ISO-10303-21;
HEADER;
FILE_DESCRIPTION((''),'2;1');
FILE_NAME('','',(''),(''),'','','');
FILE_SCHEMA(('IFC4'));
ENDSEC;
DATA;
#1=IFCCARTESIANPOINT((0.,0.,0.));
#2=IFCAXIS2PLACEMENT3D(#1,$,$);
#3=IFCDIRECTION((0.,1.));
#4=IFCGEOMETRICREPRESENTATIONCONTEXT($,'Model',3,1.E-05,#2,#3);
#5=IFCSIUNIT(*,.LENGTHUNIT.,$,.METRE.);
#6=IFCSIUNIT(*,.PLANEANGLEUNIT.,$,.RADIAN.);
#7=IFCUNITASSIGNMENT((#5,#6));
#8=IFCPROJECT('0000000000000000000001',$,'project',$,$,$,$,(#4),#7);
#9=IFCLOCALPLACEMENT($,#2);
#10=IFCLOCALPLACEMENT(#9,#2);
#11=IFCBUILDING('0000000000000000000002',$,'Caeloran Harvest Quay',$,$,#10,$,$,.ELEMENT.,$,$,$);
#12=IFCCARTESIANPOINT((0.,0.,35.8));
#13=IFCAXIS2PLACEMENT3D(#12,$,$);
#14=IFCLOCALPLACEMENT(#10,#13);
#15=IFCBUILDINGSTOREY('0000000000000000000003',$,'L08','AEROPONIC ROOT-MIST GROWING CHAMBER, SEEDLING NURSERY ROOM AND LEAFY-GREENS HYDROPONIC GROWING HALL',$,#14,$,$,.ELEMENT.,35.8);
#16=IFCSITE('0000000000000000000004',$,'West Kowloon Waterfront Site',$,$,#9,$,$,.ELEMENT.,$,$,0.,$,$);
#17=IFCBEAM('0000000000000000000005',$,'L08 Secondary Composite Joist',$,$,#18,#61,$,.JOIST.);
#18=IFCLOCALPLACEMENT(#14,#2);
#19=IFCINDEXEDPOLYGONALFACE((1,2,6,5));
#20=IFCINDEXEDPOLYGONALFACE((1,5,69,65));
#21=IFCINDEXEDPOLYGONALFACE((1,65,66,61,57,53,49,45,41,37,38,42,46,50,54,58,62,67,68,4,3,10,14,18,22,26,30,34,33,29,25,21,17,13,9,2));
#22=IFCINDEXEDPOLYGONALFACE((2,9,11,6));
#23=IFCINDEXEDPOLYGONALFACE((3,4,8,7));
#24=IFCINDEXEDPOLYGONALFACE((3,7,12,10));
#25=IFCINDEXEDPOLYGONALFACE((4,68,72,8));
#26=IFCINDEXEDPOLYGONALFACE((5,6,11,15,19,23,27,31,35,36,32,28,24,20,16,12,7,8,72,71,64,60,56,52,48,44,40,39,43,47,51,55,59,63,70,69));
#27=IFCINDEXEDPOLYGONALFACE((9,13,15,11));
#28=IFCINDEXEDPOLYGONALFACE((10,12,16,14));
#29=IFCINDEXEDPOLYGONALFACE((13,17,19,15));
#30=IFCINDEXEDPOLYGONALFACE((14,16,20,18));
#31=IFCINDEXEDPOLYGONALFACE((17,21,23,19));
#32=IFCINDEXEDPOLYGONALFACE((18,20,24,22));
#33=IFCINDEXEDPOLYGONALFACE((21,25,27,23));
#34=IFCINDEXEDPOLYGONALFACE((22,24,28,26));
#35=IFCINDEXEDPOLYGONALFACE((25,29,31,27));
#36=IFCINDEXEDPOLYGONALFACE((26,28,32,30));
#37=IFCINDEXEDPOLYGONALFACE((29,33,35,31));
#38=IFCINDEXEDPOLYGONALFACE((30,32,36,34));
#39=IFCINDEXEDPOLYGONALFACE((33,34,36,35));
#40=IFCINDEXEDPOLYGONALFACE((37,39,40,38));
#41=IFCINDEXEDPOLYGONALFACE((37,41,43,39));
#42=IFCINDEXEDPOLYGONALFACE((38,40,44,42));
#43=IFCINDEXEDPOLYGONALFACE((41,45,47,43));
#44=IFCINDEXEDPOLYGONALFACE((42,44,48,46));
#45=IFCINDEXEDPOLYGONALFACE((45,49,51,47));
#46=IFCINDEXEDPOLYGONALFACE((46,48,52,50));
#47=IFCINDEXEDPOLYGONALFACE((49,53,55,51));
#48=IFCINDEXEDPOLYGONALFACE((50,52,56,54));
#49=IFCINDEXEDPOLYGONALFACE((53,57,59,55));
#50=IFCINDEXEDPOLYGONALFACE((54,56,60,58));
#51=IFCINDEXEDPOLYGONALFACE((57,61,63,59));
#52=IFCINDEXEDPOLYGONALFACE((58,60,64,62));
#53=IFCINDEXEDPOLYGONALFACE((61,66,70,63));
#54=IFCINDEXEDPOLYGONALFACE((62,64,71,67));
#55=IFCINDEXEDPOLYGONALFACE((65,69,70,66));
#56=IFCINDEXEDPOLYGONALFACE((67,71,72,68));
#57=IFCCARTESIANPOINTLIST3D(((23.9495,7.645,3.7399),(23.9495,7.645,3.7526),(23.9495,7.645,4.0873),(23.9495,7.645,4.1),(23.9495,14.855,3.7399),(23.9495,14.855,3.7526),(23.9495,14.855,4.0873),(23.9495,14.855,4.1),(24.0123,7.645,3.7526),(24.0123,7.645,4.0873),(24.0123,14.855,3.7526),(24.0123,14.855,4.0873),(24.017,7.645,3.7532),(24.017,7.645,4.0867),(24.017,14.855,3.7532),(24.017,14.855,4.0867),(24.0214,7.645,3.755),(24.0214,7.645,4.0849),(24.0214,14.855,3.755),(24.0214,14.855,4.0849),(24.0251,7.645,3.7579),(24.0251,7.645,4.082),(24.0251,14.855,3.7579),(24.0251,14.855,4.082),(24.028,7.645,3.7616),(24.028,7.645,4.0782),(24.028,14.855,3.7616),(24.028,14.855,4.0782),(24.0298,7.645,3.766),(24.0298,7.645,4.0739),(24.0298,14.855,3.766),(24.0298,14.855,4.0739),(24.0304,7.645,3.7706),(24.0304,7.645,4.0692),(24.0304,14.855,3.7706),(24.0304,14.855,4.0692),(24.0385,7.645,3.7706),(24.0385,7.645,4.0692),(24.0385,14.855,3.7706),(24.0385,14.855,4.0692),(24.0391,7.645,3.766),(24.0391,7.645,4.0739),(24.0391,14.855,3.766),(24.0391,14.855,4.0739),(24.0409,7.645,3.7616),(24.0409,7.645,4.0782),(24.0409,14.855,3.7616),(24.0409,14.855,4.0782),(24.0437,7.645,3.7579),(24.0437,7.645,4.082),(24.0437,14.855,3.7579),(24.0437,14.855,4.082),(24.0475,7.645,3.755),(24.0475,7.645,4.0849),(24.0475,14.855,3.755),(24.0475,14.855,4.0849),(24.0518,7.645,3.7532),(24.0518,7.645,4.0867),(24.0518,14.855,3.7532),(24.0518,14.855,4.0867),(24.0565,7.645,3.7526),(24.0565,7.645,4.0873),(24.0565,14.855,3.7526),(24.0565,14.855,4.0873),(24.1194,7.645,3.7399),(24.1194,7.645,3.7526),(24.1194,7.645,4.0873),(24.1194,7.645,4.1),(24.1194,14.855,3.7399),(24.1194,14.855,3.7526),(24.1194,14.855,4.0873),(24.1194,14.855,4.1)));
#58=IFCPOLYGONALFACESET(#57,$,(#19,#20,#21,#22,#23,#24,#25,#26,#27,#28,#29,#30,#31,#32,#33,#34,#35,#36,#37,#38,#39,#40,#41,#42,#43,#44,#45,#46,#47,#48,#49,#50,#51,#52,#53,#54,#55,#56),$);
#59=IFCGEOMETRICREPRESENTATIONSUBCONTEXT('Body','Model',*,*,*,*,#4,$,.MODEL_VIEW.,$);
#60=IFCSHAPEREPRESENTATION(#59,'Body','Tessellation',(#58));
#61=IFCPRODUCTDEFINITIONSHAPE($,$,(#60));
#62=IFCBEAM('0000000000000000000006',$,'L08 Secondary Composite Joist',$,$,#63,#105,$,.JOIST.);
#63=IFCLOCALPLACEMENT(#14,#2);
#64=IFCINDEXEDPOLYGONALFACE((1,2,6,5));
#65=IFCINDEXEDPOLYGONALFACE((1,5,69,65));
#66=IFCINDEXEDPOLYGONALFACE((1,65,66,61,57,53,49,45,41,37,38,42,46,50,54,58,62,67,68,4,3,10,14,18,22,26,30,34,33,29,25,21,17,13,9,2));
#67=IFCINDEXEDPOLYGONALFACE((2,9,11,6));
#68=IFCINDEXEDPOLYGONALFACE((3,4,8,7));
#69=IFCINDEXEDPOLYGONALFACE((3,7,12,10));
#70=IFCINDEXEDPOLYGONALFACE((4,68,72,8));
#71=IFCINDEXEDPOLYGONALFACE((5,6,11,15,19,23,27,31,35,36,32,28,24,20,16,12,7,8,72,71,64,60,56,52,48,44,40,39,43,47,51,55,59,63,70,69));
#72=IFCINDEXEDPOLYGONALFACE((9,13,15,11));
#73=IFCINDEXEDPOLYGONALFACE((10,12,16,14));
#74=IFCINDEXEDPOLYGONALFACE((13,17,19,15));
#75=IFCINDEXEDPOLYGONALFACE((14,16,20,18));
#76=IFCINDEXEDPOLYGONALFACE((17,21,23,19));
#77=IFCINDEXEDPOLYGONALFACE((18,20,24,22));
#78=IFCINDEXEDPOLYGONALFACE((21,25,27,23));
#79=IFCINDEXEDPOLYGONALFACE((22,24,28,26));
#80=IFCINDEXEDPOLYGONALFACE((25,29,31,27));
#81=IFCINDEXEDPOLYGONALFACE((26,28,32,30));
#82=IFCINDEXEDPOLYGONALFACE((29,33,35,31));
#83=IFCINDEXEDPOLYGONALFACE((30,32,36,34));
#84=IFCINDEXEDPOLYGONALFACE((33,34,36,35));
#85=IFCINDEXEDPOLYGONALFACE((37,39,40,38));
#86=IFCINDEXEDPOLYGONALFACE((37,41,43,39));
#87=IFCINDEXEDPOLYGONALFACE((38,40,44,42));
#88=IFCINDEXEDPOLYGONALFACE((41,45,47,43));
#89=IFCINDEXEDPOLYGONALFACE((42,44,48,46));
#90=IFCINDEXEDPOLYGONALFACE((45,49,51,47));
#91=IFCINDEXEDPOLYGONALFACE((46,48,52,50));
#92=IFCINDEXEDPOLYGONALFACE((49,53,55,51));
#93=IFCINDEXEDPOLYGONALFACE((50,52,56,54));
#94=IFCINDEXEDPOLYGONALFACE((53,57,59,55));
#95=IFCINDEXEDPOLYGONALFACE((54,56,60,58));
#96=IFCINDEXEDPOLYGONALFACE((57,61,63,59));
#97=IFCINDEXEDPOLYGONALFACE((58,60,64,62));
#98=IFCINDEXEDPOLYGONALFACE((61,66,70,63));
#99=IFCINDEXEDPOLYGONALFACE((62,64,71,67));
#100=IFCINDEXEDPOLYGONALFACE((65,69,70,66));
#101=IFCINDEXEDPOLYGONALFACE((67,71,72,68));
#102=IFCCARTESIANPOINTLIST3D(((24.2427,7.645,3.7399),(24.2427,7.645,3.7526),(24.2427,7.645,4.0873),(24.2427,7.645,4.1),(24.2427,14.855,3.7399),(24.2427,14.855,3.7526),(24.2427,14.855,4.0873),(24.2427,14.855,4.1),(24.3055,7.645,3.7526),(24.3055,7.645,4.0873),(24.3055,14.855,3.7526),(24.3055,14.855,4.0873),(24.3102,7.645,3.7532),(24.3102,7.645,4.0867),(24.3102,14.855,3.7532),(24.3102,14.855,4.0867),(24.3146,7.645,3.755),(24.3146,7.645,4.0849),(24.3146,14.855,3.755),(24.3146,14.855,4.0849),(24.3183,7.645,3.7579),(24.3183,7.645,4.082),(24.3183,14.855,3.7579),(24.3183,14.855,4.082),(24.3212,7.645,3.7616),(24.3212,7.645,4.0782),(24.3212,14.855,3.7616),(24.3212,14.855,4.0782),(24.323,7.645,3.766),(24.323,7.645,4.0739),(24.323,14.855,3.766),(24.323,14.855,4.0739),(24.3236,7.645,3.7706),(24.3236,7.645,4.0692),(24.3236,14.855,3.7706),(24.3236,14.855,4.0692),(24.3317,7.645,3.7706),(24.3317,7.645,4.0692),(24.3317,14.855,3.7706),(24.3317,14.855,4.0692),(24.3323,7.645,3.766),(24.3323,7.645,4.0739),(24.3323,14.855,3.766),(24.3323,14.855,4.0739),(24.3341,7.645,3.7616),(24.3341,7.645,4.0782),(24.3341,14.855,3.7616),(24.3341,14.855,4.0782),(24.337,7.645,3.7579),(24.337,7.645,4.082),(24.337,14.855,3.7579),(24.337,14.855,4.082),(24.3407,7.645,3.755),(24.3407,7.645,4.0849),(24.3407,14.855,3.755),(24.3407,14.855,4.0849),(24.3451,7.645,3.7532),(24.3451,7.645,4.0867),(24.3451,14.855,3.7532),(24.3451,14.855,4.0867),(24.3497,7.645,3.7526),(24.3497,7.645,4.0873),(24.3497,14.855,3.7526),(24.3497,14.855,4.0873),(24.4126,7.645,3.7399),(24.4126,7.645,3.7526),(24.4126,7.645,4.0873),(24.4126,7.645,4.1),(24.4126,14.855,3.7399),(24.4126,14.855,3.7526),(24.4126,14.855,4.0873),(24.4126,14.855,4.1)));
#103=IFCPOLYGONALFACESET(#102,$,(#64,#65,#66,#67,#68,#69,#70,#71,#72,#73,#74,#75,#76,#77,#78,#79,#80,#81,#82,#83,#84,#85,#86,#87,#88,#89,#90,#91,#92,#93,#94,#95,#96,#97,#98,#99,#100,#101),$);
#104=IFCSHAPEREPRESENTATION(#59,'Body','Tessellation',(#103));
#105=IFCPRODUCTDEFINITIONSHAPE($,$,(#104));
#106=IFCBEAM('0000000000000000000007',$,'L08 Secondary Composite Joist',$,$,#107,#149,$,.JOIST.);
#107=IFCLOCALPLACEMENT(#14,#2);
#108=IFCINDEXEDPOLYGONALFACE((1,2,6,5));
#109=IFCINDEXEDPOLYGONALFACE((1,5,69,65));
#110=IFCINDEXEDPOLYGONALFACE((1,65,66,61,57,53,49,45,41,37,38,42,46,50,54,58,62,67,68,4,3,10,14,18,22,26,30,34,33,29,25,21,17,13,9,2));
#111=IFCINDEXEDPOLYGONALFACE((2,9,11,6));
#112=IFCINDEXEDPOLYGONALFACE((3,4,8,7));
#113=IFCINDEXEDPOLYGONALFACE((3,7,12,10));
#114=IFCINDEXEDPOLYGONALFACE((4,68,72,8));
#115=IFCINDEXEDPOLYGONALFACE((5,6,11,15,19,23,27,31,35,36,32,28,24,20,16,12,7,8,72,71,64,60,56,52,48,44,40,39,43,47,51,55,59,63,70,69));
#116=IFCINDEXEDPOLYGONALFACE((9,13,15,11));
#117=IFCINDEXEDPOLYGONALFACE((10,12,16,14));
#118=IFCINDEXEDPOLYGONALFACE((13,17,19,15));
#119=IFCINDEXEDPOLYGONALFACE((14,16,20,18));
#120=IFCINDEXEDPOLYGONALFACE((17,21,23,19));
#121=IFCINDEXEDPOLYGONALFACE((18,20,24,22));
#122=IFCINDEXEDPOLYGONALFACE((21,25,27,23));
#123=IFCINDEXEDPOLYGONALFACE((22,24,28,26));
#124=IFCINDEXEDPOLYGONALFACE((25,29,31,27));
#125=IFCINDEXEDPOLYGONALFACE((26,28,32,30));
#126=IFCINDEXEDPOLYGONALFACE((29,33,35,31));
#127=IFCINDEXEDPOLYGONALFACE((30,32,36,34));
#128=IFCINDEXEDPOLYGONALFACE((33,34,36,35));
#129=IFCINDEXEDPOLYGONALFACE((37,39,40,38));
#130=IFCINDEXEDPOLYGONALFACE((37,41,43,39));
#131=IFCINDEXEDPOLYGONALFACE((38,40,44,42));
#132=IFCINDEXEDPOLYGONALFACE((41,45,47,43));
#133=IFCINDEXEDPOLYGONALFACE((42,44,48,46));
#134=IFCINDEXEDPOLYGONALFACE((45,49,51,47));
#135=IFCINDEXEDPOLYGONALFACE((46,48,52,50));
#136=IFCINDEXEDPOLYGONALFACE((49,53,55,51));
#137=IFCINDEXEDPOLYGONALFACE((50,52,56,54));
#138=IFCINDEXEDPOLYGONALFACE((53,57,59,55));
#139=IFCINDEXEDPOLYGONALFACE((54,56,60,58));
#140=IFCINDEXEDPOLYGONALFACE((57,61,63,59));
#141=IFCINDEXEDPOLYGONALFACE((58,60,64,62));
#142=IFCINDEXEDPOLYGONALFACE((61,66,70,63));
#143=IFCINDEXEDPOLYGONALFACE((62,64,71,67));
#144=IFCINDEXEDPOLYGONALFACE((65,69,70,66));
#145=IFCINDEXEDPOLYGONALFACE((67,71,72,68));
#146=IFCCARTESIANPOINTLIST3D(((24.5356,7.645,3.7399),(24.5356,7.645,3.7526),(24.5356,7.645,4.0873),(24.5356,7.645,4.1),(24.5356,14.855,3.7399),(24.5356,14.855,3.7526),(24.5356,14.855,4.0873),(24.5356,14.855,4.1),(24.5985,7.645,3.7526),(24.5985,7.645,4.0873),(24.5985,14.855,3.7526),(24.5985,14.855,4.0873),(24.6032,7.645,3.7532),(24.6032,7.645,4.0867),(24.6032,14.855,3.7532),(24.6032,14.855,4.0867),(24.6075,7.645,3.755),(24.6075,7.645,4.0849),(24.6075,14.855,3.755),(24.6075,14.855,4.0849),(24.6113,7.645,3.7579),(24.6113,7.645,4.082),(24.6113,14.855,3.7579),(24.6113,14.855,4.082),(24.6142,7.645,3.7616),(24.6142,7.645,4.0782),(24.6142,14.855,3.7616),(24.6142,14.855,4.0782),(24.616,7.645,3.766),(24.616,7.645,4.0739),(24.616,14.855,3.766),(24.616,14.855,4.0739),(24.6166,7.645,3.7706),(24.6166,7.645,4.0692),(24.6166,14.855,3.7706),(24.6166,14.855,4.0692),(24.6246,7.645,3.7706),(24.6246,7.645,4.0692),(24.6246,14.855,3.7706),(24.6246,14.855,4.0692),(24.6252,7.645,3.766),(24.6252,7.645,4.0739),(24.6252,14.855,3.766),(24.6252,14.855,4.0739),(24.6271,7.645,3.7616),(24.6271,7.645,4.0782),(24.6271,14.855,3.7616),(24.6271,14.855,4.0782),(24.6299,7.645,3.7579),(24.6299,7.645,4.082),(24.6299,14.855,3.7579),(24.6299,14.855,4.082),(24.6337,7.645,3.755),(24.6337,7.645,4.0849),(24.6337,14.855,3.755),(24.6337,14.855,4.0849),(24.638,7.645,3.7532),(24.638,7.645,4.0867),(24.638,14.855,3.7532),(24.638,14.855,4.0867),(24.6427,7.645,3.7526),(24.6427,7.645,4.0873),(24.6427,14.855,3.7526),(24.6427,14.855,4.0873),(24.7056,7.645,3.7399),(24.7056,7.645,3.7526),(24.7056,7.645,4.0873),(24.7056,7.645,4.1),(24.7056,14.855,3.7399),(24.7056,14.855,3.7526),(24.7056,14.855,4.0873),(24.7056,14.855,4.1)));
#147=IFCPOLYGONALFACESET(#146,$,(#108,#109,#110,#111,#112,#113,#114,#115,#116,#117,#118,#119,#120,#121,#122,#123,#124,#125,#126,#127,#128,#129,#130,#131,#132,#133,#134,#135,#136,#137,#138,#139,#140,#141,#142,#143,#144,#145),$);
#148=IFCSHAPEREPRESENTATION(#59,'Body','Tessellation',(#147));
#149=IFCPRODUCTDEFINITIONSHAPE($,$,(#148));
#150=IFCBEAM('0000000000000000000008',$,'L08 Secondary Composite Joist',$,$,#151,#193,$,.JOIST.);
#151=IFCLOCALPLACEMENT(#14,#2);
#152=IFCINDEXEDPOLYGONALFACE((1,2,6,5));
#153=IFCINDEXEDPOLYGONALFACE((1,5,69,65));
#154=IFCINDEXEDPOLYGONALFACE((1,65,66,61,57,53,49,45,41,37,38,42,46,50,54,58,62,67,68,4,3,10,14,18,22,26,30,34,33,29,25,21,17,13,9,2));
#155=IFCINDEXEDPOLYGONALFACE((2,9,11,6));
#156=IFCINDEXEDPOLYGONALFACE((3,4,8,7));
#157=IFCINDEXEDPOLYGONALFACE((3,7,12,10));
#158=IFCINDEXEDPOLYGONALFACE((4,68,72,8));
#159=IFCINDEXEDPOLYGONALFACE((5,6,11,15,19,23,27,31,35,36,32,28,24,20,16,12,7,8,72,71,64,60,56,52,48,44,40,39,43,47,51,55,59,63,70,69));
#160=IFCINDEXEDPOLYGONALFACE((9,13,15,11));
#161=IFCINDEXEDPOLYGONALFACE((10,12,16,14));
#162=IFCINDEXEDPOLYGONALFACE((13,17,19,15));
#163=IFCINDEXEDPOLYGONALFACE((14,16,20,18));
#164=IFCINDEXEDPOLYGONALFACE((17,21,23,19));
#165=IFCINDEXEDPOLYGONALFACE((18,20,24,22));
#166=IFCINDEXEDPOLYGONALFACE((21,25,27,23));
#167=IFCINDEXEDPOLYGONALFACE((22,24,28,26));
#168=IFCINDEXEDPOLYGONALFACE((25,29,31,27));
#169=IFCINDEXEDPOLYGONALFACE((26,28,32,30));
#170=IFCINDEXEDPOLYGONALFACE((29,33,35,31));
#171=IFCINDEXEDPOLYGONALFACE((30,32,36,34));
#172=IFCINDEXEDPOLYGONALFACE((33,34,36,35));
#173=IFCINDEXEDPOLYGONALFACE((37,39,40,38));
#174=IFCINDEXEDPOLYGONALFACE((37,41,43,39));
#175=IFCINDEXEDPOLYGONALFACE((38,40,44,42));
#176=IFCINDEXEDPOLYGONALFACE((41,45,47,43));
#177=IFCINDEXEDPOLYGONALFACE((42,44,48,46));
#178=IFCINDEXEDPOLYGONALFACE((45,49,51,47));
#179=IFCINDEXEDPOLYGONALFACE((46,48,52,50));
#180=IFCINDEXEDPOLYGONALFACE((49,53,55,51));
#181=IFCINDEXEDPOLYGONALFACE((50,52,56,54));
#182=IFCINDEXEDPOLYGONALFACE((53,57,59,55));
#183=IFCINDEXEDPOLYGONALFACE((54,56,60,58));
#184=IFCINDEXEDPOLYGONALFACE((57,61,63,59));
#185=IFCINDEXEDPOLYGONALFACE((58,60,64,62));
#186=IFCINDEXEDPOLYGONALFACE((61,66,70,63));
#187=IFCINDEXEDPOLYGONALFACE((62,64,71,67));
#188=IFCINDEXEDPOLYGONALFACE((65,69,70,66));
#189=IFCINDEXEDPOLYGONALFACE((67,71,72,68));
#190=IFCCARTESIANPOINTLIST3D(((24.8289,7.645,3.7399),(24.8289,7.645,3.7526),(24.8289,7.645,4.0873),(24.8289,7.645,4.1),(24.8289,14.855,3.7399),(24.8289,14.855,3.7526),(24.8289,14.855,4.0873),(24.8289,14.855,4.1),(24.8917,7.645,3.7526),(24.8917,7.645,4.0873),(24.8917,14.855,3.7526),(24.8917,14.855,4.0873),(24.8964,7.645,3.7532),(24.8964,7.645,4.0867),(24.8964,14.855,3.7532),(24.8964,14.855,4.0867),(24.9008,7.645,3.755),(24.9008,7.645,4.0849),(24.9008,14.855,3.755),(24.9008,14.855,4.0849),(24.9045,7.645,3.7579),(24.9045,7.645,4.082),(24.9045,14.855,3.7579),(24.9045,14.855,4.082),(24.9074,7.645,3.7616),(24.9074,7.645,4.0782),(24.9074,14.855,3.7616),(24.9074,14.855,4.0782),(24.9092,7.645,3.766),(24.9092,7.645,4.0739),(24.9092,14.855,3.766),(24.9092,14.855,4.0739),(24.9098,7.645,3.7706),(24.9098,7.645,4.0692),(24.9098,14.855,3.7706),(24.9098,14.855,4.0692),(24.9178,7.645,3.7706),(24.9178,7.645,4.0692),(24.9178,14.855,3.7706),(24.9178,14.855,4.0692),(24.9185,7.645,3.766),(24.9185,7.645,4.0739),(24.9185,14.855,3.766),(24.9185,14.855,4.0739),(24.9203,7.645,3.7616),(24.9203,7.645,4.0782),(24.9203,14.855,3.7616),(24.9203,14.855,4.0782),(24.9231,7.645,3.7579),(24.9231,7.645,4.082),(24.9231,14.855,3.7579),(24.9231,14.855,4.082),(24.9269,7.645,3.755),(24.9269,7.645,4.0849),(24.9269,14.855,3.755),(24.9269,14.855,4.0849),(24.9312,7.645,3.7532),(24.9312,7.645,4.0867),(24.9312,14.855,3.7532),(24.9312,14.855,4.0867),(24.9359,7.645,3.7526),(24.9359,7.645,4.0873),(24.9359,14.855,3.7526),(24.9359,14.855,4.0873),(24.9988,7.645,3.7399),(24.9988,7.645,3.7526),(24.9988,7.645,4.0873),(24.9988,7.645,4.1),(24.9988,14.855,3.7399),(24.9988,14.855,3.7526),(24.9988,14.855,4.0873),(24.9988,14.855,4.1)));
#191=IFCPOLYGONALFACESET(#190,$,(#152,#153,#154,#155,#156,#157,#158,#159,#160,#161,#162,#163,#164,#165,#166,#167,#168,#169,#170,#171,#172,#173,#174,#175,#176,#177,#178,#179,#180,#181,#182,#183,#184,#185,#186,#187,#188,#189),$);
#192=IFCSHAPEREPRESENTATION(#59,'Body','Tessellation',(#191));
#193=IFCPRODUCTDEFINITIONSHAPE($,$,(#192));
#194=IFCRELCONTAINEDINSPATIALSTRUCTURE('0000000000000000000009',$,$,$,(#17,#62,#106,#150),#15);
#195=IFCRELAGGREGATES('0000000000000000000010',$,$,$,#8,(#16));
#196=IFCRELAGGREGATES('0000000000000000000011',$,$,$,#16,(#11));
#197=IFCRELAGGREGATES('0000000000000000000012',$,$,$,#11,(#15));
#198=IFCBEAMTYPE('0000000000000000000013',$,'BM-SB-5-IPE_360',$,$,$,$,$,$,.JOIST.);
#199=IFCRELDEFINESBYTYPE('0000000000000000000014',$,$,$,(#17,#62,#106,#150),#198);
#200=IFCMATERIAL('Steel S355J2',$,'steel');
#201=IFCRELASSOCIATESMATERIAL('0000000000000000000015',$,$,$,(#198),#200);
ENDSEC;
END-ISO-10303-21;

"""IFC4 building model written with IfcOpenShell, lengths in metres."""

from ifc_helpers import new_model, si_unit, direction, frame, origin, origin_2d, place, context, subcontext, project, spatial, i_section, extrude, material, material_profile, profile_set, type_object, element, save


model = new_model("IFC4")

# Units and contexts
model_context = context("Model", 3, precision=1e-05, world=origin(), true_north=direction((0.0, 1.0)))
body_context = subcontext(model_context, "Body", "Model", "MODEL_VIEW")
ifc_project = project(units=[si_unit("LENGTHUNIT", "METRE"), si_unit("PLANEANGLEUNIT", "RADIAN")], contexts=[model_context])

# Site, building, storey
site_placement = place(None, origin())
site = spatial("IfcSite", under=ifc_project, at=site_placement, Name="West Kowloon Waterfront Site", CompositionType="ELEMENT", RefElevation=0.0)
building_placement = place(site_placement, origin())
building = spatial("IfcBuilding", under=site, at=building_placement, Name="Caeloran Harvest Quay", CompositionType="ELEMENT")
storey_placement = place(building_placement, frame((0.0, 0.0, 35.8)))
storey = spatial("IfcBuildingStorey", under=building, at=storey_placement, Name="L08", Description="AEROPONIC ROOT-MIST GROWING CHAMBER, SEEDLING NURSERY ROOM AND LEAFY-GREENS HYDROPONIC GROWING HALL", CompositionType="ELEMENT", Elevation=35.8)

# Beams
ifc_material_1 = material(Name="Steel S355J2", Category="steel")
ifc_material_profile_1 = material_profile(ifc_material_1, i_section(OverallWidth=0.1699, OverallDepth=0.3601, WebThickness=0.0081, FlangeThickness=0.0127, FilletRadius=0.0181, at=origin_2d()), Name="IPE 360")
ifc_profile_set_1 = profile_set([ifc_material_profile_1], Name="Steel S355J2")
beam_type_1 = type_object("IfcBeamType", Name="BM-SB-5-IPE_360", PredefinedType="JOIST", material=ifc_profile_set_1)
for number, where, z_axis, x_axis, name in (
    (1, (24.0344, 7.645, 3.9199), (0.0, 1.0, 0.0), (-1.0, 0.0, 0.0), "L08 Secondary Composite Joist"),
    (2, (24.3276, 7.645, 3.9199), (0.0, 1.0, 0.0), (-1.0, 0.0, 0.0), "L08 Secondary Composite Joist"),
    (3, (24.6206, 7.645, 3.9199), (0.0, 1.0, 0.0), (-1.0, 0.0, 0.0), "L08 Secondary Composite Joist"),
    (4, (24.9138, 7.645, 3.9199), (0.0, 1.0, 0.0), (-1.0, 0.0, 0.0), "L08 Secondary Composite Joist"),
):
    element("IfcBeam", number, at=place(storey_placement, frame(where, z_axis=z_axis, x_axis=x_axis)), inside=storey, type_object=beam_type_1, Name=name, PredefinedType="JOIST", context=body_context, shape_type="SweptSolid", body=[
        extrude(i_section(OverallWidth=0.1699, OverallDepth=0.3601, WebThickness=0.0081, FlangeThickness=0.0127, FilletRadius=0.0181, at=origin_2d()), origin(), (0.0, 0.0, 1.0), 7.21),
    ])

save(model, "model.ifc")
